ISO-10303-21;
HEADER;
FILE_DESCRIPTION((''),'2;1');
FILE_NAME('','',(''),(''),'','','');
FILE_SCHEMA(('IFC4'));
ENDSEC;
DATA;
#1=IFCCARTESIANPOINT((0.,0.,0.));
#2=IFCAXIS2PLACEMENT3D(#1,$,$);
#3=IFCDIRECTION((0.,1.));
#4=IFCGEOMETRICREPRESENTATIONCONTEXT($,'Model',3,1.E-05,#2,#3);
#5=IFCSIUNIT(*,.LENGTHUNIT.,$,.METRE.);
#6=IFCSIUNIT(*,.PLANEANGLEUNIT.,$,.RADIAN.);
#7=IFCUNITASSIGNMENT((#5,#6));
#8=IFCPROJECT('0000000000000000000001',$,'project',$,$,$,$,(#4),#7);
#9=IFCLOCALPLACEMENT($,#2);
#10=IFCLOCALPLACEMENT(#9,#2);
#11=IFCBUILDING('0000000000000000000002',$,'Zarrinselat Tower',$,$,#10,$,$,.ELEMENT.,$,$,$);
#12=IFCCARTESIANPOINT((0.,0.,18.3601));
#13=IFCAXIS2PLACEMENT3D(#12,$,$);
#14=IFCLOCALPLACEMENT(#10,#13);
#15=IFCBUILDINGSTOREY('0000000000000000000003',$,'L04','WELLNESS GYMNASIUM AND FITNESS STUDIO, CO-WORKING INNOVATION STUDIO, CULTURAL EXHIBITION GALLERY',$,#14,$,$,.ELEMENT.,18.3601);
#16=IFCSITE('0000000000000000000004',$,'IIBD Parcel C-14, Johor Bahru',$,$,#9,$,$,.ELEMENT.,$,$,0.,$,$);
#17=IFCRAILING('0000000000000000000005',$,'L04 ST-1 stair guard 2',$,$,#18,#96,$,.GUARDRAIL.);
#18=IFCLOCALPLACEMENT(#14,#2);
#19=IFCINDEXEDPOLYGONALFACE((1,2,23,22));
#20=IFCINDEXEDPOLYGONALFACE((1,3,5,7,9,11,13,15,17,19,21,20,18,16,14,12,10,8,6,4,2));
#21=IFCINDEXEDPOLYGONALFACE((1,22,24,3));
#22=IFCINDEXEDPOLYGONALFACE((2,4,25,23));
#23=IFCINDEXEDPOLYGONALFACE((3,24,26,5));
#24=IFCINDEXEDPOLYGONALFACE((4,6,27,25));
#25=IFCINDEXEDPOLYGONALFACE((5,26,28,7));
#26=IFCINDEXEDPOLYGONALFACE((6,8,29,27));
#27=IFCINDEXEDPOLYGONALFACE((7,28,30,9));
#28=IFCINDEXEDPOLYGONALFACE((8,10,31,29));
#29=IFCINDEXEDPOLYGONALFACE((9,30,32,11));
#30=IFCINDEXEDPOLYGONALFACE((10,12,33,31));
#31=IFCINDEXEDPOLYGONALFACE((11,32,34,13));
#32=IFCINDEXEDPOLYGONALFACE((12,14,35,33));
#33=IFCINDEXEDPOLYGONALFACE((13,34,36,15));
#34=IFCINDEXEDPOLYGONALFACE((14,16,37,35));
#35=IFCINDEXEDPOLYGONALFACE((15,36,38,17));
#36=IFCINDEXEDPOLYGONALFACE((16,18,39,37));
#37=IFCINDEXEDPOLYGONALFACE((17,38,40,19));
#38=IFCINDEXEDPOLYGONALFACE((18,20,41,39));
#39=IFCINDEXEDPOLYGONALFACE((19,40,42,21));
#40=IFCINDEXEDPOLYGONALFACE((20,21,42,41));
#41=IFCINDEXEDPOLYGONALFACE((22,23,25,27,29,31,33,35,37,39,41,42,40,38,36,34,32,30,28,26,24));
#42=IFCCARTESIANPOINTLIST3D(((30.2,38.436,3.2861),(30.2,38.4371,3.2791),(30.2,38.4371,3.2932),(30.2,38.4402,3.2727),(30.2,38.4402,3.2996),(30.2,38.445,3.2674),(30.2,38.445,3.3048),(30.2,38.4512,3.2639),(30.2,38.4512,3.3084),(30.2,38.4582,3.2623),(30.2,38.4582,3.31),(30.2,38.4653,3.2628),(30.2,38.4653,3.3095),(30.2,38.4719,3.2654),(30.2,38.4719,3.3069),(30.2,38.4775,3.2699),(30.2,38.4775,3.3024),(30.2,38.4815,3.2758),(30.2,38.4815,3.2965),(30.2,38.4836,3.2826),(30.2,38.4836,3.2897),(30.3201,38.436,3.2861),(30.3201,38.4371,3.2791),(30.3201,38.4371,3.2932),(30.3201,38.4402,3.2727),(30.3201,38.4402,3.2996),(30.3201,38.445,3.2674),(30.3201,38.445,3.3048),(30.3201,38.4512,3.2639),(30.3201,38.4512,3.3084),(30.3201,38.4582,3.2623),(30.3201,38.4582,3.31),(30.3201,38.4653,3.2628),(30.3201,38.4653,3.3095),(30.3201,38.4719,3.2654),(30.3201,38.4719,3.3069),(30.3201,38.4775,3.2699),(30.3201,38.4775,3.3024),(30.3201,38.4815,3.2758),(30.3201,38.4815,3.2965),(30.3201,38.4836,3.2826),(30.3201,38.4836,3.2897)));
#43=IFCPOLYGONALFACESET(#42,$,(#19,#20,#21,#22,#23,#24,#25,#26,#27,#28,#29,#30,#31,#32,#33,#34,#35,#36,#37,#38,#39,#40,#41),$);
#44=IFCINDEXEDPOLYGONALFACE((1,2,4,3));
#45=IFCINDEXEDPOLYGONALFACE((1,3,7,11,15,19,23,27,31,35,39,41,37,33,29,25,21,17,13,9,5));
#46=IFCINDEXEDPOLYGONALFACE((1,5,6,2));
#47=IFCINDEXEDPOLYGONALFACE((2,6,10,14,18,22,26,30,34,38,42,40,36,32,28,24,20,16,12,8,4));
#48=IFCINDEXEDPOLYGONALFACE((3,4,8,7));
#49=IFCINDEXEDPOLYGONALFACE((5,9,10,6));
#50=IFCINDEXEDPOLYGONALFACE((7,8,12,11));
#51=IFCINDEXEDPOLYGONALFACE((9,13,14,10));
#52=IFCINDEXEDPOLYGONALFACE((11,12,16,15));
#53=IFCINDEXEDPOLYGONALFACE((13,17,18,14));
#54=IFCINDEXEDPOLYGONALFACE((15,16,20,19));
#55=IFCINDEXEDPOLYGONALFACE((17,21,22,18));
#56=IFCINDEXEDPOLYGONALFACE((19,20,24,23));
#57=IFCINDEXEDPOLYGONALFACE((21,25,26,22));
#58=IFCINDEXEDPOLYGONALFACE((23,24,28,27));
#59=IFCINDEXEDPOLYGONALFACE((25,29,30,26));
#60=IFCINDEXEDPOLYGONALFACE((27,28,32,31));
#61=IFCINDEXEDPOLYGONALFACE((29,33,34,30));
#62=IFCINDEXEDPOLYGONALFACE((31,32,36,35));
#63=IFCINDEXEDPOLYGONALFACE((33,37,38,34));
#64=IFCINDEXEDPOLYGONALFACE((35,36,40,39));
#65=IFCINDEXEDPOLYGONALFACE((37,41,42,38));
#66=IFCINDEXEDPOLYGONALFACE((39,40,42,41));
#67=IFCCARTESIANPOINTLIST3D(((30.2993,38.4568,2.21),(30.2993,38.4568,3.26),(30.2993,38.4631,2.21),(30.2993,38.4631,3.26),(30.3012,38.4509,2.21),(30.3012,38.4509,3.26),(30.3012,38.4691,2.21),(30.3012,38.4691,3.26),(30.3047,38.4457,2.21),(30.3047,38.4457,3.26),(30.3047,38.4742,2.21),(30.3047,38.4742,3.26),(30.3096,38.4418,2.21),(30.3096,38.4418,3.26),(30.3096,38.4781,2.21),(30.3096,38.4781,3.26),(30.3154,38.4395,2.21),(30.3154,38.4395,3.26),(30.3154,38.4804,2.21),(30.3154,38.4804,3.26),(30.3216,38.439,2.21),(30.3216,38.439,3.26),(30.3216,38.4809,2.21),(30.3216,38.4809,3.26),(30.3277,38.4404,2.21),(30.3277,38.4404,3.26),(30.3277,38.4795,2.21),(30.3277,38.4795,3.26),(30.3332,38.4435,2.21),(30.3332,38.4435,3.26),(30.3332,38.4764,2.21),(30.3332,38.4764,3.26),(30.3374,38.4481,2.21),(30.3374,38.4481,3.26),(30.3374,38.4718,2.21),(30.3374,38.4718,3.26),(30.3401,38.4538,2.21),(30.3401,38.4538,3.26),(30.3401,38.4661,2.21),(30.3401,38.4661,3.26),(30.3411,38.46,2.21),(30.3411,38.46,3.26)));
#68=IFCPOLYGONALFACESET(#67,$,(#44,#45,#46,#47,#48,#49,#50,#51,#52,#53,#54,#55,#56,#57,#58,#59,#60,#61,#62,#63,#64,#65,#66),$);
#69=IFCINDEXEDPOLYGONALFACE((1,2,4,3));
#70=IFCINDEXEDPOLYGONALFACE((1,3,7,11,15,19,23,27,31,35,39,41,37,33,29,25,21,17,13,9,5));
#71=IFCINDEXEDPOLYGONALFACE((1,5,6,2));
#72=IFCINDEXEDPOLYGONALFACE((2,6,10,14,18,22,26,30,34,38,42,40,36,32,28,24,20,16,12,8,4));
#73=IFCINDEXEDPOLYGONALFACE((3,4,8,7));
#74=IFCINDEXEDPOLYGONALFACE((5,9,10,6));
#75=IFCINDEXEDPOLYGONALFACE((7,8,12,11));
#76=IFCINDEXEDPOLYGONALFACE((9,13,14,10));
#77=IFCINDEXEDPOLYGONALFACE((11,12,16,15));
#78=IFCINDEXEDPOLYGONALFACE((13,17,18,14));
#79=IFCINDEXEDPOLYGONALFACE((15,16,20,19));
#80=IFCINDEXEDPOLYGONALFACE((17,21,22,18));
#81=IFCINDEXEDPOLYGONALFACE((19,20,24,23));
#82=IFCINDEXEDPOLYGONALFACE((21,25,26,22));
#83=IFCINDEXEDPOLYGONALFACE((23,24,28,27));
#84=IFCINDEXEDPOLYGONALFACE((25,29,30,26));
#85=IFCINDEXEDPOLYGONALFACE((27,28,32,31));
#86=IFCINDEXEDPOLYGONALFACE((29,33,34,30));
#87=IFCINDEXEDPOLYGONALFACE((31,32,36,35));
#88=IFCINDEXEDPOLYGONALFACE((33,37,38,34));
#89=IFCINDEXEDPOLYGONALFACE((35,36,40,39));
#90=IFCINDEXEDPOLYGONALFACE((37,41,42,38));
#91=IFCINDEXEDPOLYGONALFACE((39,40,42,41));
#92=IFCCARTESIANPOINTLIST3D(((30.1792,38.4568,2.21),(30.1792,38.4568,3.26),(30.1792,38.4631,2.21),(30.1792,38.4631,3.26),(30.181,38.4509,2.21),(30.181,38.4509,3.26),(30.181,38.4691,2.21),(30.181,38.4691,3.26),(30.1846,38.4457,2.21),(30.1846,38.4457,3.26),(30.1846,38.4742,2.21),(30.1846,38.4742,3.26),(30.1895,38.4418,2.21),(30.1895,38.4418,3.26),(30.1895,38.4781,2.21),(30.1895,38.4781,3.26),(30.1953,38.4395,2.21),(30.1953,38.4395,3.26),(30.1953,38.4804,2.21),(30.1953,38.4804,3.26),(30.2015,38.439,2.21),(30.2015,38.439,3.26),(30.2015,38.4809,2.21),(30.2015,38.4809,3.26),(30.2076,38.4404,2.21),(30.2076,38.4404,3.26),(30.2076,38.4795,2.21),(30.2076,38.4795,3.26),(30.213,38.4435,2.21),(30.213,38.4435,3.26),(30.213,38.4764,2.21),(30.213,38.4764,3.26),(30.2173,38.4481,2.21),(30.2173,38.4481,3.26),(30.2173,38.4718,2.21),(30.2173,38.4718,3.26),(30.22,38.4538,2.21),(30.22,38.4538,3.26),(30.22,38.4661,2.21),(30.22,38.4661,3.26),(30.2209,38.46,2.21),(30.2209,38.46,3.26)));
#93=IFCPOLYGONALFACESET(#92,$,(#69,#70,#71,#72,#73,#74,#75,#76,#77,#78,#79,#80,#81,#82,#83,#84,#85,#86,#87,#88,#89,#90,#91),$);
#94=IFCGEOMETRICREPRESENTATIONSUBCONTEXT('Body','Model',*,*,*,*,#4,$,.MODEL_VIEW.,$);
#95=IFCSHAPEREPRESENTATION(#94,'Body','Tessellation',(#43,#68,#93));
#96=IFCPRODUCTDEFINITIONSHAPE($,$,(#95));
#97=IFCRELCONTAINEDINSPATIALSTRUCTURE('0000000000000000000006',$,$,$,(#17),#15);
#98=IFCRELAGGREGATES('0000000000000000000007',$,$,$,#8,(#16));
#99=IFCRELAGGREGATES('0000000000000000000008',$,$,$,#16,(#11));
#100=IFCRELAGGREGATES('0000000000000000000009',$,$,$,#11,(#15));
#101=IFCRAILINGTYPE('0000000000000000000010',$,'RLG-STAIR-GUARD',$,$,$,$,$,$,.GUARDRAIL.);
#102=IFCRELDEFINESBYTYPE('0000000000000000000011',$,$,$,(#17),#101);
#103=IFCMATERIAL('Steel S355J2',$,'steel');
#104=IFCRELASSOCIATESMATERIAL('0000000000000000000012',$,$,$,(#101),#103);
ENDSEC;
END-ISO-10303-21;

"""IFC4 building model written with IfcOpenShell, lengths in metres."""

from ifc_helpers import new_model, si_unit, direction, frame, origin, origin_2d, place, context, subcontext, project, spatial, circle, extrude, material, type_object, element, save


model = new_model("IFC4")

# Units and contexts
model_context = context("Model", 3, precision=1e-05, world=origin(), true_north=direction((0.0, 1.0)))
body_context = subcontext(model_context, "Body", "Model", "MODEL_VIEW")
ifc_project = project(units=[si_unit("LENGTHUNIT", "METRE"), si_unit("PLANEANGLEUNIT", "RADIAN")], contexts=[model_context])

# Site, building, storey
site_placement = place(None, origin())
site = spatial("IfcSite", under=ifc_project, at=site_placement, Name="IIBD Parcel C-14, Johor Bahru", CompositionType="ELEMENT", RefElevation=0.0)
building_placement = place(site_placement, origin())
building = spatial("IfcBuilding", under=site, at=building_placement, Name="Zarrinselat Tower", CompositionType="ELEMENT")
storey_placement = place(building_placement, frame((0.0, 0.0, 18.3601)))
storey = spatial("IfcBuildingStorey", under=building, at=storey_placement, Name="L04", Description="WELLNESS GYMNASIUM AND FITNESS STUDIO, CO-WORKING INNOVATION STUDIO, CULTURAL EXHIBITION GALLERY", CompositionType="ELEMENT", Elevation=18.3601)

# Railing
ifc_material_1 = material(Name="Steel S355J2", Category="steel")
railing_type_1 = type_object("IfcRailingType", Name="RLG-STAIR-GUARD", PredefinedType="GUARDRAIL", material=ifc_material_1)
railing_1_placement = place(storey_placement, frame((30.3201, 38.46, 2.21)))
element("IfcRailing", 1, at=railing_1_placement, inside=storey, type_object=railing_type_1, Name="L04 ST-1 stair guard 2", PredefinedType="GUARDRAIL", context=body_context, shape_type="SweptSolid", body=[
    extrude(circle(Radius=0.0239, at=origin_2d()), frame((0.0, 0.0, 1.0762), z_axis=(-1.0, 0.0, 0.0), x_axis=(0.0, -1.0, 0.0)), (0.0, 0.0, 1.0), 0.1201),
    extrude(circle(Radius=0.021, at=origin_2d()), origin(), (0.0, 0.0, 1.0), 1.05),
    extrude(circle(Radius=0.021, at=origin_2d()), frame((-0.1201, 0.0, 0.0)), (0.0, 0.0, 1.0), 1.05),
])

save(model, "model.ifc")
